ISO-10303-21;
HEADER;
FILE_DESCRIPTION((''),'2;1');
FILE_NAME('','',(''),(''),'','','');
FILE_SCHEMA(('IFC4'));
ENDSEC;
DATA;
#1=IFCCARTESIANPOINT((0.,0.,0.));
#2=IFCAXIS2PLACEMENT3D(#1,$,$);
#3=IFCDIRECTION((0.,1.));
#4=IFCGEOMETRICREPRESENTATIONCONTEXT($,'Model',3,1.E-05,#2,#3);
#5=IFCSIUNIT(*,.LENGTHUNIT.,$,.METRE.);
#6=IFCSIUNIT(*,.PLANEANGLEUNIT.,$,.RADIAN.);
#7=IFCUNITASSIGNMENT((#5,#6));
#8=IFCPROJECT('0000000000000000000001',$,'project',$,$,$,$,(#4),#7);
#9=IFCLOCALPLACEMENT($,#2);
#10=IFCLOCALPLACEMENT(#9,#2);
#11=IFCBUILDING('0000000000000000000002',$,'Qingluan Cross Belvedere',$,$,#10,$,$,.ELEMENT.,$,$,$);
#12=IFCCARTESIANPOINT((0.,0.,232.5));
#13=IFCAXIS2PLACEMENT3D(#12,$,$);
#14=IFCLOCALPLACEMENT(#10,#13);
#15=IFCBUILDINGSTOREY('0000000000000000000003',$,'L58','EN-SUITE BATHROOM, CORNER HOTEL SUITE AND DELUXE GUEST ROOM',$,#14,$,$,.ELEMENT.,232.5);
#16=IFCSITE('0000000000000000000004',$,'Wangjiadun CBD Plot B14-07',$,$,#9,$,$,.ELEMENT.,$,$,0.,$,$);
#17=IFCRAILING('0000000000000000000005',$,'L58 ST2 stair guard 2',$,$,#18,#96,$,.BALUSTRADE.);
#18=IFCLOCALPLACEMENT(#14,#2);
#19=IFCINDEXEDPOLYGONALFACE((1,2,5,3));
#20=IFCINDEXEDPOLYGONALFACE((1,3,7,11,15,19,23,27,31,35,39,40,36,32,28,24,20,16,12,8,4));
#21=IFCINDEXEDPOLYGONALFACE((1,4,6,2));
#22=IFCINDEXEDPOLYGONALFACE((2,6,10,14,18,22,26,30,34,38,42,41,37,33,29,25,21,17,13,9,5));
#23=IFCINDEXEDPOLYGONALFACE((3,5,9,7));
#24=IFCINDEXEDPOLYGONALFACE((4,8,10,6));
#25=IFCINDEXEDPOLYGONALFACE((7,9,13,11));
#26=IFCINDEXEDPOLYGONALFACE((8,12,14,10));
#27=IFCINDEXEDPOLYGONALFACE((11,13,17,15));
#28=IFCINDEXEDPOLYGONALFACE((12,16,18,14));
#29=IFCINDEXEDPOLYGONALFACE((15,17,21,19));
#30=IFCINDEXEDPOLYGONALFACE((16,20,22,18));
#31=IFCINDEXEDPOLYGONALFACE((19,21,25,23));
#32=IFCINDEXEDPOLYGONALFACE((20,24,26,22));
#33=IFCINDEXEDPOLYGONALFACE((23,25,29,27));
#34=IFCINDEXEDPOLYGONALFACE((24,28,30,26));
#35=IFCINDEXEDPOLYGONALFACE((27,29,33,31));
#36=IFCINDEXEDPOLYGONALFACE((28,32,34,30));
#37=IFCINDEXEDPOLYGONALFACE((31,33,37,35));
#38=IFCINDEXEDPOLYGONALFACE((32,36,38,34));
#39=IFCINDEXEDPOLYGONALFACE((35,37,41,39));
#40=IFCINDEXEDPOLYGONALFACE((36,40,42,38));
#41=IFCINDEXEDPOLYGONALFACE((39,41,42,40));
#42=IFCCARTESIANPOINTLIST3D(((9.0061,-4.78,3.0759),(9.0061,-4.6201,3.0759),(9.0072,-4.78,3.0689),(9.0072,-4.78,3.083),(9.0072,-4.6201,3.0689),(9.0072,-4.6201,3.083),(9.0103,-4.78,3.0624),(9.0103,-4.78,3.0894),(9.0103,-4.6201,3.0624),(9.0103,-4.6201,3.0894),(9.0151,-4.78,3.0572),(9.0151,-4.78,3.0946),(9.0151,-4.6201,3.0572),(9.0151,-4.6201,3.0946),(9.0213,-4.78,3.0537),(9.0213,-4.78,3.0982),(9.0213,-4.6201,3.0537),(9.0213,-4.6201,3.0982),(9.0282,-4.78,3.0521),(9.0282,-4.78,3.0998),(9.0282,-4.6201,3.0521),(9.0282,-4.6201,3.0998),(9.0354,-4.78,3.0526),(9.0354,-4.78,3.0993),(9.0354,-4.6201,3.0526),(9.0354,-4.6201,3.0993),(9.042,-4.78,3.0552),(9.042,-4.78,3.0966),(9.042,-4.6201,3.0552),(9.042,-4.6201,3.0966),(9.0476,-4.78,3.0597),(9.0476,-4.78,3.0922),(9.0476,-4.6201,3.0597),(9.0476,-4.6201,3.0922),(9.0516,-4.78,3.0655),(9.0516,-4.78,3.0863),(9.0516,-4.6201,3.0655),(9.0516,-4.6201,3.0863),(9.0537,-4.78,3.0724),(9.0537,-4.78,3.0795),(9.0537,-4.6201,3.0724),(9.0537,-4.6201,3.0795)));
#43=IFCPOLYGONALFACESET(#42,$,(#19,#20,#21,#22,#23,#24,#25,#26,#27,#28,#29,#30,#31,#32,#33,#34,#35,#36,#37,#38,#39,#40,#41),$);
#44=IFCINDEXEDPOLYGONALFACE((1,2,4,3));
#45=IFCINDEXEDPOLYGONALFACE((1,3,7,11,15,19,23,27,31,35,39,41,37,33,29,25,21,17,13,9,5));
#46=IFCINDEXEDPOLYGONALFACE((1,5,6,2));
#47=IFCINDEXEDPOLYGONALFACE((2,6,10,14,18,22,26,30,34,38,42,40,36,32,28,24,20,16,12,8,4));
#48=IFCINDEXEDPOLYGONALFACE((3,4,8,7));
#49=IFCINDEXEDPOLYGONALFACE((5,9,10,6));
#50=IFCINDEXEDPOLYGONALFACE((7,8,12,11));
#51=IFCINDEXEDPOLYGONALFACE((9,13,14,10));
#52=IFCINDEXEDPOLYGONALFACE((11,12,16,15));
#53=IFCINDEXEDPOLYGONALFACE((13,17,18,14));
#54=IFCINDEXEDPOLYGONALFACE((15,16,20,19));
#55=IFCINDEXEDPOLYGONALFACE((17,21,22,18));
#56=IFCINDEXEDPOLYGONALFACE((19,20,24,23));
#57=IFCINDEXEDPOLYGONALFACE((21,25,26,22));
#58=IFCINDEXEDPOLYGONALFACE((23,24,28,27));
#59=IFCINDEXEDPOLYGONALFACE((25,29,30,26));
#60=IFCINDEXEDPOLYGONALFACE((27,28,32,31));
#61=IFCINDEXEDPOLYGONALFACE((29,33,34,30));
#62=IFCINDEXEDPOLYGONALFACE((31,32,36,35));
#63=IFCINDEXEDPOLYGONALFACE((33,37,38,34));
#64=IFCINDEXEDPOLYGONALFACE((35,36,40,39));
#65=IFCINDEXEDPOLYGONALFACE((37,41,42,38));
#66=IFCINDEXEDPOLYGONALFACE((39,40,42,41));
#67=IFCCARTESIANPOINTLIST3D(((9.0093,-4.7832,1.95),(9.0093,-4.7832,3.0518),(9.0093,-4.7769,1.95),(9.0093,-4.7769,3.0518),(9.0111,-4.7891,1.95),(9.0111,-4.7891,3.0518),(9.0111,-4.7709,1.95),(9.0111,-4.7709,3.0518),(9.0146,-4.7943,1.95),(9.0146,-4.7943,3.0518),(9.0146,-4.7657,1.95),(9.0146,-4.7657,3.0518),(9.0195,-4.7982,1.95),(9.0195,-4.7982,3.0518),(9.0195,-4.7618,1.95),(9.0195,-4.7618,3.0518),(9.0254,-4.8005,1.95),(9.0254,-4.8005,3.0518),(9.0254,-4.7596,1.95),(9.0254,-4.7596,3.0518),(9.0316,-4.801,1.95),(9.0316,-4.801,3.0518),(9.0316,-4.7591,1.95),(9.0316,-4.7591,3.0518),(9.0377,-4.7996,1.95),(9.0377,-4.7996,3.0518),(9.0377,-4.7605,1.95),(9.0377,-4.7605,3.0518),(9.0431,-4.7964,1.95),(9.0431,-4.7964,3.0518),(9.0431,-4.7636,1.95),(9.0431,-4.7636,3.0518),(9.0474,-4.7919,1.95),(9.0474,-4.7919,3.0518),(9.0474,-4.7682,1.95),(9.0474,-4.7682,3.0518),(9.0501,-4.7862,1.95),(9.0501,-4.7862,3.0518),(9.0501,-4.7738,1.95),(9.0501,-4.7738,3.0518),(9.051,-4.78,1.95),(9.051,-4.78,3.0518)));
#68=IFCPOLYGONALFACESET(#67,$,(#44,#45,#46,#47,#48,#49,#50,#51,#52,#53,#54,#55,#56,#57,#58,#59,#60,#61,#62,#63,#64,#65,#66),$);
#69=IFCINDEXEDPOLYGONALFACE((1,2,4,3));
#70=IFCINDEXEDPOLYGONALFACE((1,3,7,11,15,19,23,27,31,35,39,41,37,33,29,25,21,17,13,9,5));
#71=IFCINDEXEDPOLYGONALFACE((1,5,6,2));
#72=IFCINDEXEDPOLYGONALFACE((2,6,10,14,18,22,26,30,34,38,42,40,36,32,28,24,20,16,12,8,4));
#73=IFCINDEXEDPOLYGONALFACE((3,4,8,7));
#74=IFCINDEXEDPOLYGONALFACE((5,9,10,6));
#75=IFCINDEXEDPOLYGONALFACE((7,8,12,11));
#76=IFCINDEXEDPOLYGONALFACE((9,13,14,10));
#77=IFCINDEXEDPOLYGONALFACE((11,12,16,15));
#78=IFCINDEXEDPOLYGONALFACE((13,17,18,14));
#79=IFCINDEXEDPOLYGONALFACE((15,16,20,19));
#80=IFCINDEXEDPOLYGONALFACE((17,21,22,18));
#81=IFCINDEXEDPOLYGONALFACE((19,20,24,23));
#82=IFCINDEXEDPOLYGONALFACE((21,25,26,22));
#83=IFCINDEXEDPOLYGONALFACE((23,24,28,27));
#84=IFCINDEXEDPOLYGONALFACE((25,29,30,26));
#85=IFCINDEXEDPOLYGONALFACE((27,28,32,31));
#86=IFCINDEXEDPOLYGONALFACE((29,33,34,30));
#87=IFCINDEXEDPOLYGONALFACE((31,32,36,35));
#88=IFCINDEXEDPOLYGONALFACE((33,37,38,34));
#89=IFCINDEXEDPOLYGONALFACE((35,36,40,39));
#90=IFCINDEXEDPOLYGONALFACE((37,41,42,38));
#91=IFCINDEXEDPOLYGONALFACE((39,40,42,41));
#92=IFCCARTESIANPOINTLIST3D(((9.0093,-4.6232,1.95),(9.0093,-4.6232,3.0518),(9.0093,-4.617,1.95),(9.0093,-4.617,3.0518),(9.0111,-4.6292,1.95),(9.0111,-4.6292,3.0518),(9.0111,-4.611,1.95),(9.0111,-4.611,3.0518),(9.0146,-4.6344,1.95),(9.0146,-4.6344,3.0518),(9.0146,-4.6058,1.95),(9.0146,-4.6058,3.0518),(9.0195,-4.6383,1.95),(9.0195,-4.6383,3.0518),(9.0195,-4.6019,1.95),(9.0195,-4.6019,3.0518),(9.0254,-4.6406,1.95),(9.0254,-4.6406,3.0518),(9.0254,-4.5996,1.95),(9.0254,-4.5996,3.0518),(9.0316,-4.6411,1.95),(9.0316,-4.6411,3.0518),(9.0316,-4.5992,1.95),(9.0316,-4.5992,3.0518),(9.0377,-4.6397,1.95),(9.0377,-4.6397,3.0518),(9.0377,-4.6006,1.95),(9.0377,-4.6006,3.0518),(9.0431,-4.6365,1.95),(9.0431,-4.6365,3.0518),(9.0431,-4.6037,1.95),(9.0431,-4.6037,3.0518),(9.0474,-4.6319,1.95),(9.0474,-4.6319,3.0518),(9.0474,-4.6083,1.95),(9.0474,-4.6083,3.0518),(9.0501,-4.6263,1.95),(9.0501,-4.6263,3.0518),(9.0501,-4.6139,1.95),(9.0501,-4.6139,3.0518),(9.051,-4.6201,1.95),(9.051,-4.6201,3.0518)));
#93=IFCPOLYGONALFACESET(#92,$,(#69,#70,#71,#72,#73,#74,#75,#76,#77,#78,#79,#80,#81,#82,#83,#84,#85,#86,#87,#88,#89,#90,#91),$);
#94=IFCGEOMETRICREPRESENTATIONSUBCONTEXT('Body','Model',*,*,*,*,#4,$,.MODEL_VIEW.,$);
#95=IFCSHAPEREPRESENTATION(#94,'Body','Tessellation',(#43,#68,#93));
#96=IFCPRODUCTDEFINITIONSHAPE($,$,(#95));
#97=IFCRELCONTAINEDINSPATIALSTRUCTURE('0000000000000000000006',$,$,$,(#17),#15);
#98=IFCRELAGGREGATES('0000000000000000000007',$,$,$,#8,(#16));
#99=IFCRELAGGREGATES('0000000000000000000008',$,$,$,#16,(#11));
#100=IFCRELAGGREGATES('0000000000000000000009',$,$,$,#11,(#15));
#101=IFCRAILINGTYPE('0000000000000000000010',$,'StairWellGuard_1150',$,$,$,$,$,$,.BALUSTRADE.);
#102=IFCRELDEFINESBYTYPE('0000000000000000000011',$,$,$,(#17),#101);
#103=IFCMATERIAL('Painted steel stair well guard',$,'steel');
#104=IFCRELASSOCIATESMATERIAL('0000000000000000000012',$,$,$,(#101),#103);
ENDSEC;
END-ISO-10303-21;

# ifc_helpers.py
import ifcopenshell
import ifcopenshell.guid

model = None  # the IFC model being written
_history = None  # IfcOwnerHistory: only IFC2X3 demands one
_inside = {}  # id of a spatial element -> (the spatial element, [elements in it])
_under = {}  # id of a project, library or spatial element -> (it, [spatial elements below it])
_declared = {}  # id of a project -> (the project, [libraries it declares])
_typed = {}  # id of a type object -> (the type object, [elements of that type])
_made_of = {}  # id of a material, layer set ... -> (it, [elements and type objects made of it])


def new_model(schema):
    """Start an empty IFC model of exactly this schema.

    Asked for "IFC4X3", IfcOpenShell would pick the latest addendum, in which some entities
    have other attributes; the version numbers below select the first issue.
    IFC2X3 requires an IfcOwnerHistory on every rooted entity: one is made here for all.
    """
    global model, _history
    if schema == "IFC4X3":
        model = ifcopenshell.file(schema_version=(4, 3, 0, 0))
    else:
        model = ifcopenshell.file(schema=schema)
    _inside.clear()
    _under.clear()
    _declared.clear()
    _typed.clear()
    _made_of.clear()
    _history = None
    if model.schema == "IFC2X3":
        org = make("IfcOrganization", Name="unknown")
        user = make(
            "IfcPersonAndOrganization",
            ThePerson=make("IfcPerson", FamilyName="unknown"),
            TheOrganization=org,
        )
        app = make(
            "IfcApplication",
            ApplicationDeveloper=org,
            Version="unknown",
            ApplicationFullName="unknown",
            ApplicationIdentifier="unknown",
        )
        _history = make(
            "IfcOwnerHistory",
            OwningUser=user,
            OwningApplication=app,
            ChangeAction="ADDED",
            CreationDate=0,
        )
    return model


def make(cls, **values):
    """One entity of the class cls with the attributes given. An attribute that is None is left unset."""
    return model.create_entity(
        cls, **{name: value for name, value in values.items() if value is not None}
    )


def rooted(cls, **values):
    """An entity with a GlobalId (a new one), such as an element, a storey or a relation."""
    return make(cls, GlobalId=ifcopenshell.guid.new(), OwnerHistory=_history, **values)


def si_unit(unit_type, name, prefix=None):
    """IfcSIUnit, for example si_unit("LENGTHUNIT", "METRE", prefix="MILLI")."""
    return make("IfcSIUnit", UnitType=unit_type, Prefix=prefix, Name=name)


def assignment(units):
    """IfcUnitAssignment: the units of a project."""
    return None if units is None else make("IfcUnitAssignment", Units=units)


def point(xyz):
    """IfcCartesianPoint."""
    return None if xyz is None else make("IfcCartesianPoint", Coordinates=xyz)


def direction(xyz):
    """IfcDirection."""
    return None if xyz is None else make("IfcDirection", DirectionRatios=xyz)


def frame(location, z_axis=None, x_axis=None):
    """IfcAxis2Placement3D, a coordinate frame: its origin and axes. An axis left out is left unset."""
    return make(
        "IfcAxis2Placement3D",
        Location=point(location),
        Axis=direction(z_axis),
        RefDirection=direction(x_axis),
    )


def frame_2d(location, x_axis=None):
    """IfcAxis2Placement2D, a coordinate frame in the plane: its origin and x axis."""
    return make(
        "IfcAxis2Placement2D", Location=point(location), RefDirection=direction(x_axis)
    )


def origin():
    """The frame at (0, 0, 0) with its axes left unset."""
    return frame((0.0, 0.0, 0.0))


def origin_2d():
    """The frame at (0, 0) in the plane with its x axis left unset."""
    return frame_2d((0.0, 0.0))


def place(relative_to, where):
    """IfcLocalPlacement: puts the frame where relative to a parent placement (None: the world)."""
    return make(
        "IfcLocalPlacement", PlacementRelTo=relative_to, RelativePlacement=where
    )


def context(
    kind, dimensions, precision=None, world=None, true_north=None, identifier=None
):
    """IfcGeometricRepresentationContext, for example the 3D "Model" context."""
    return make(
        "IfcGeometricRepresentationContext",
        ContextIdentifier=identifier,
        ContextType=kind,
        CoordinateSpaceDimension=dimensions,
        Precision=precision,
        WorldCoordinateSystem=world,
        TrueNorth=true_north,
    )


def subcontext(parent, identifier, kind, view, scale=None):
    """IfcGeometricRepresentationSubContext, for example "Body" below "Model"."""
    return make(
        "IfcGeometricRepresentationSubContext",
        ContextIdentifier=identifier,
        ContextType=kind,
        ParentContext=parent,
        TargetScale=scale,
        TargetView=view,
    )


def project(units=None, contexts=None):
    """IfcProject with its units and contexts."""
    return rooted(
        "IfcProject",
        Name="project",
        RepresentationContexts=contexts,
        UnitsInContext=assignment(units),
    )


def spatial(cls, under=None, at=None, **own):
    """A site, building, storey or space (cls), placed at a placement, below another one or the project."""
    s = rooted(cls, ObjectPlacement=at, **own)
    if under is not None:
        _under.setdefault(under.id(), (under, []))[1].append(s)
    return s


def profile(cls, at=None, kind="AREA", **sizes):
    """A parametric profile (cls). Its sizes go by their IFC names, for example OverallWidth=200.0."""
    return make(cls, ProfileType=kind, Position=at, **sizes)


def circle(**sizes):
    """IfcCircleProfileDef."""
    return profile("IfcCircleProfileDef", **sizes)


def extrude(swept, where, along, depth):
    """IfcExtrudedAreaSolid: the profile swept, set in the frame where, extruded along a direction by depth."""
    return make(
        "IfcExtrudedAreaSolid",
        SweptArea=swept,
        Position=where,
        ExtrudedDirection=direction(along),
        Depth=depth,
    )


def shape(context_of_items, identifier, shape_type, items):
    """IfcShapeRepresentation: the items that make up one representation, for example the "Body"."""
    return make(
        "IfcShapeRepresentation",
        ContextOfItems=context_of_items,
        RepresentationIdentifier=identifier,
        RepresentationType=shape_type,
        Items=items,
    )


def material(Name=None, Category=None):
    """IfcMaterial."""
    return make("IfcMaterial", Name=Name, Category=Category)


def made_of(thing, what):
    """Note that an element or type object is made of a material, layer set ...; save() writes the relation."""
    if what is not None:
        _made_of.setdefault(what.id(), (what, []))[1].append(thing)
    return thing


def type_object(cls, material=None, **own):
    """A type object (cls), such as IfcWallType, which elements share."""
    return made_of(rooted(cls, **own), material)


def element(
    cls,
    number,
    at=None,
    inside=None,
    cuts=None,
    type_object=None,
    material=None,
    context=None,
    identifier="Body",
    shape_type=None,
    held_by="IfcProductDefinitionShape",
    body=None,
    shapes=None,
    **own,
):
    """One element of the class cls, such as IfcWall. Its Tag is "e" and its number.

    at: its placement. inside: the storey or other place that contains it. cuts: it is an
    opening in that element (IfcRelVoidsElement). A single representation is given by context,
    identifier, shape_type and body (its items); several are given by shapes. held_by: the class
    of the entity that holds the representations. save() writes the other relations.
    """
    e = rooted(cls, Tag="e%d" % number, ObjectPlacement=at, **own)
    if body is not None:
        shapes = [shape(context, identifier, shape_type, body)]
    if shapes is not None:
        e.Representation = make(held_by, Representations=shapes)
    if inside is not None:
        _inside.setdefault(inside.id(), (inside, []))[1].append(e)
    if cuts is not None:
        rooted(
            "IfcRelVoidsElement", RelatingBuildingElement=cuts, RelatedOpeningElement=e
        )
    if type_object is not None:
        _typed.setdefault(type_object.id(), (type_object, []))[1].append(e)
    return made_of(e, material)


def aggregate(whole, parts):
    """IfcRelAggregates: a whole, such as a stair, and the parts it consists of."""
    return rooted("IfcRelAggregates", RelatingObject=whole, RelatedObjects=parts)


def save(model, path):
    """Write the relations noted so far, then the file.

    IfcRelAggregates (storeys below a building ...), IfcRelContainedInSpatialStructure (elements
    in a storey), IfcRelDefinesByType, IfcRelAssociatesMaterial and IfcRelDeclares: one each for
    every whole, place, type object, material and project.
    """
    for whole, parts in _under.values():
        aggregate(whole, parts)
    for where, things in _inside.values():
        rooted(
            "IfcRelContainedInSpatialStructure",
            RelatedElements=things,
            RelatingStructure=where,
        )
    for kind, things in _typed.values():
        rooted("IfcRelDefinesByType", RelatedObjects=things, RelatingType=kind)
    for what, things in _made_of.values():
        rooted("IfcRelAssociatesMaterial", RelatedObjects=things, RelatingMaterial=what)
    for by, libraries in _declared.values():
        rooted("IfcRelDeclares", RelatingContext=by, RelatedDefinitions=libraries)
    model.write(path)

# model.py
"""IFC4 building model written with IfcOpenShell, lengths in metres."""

from ifc_helpers import new_model, si_unit, direction, frame, origin, origin_2d, place, context, subcontext, project, spatial, circle, extrude, material, type_object, element, save


model = new_model("IFC4")

# Units and contexts
model_context = context("Model", 3, precision=1e-05, world=origin(), true_north=direction((0.0, 1.0)))
body_context = subcontext(model_context, "Body", "Model", "MODEL_VIEW")
ifc_project = project(units=[si_unit("LENGTHUNIT", "METRE"), si_unit("PLANEANGLEUNIT", "RADIAN")], contexts=[model_context])

# Site, building, storey
site_placement = place(None, origin())
site = spatial("IfcSite", under=ifc_project, at=site_placement, Name="Wangjiadun CBD Plot B14-07", CompositionType="ELEMENT", RefElevation=0.0)
building_placement = place(site_placement, origin())
building = spatial("IfcBuilding", under=site, at=building_placement, Name="Qingluan Cross Belvedere", CompositionType="ELEMENT")
storey_placement = place(building_placement, frame((0.0, 0.0, 232.5)))
storey = spatial("IfcBuildingStorey", under=building, at=storey_placement, Name="L58", Description="EN-SUITE BATHROOM, CORNER HOTEL SUITE AND DELUXE GUEST ROOM", CompositionType="ELEMENT", Elevation=232.5)

# Railing
ifc_material_1 = material(Name="Painted steel stair well guard", Category="steel")
railing_type_1 = type_object("IfcRailingType", Name="StairWellGuard_1150", PredefinedType="BALUSTRADE", material=ifc_material_1)
railing_1_placement = place(storey_placement, frame((9.03, -4.78, 1.95)))
element("IfcRailing", 1, at=railing_1_placement, inside=storey, type_object=railing_type_1, Name="L58 ST2 stair guard 2", PredefinedType="BALUSTRADE", context=body_context, shape_type="SweptSolid", body=[
    extrude(circle(Radius=0.0239, at=origin_2d()), frame((0.0, 0.0, 1.126), z_axis=(0.0, 1.0, 0.0), x_axis=(-1.0, 0.0, 0.0)), (0.0, 0.0, 1.0), 0.1599),
    extrude(circle(Radius=0.021, at=origin_2d()), origin(), (0.0, 0.0, 1.0), 1.1018),
    extrude(circle(Radius=0.021, at=origin_2d()), frame((0.0, 0.1599, 0.0)), (0.0, 0.0, 1.0), 1.1018),
])

save(model, "model.ifc")
